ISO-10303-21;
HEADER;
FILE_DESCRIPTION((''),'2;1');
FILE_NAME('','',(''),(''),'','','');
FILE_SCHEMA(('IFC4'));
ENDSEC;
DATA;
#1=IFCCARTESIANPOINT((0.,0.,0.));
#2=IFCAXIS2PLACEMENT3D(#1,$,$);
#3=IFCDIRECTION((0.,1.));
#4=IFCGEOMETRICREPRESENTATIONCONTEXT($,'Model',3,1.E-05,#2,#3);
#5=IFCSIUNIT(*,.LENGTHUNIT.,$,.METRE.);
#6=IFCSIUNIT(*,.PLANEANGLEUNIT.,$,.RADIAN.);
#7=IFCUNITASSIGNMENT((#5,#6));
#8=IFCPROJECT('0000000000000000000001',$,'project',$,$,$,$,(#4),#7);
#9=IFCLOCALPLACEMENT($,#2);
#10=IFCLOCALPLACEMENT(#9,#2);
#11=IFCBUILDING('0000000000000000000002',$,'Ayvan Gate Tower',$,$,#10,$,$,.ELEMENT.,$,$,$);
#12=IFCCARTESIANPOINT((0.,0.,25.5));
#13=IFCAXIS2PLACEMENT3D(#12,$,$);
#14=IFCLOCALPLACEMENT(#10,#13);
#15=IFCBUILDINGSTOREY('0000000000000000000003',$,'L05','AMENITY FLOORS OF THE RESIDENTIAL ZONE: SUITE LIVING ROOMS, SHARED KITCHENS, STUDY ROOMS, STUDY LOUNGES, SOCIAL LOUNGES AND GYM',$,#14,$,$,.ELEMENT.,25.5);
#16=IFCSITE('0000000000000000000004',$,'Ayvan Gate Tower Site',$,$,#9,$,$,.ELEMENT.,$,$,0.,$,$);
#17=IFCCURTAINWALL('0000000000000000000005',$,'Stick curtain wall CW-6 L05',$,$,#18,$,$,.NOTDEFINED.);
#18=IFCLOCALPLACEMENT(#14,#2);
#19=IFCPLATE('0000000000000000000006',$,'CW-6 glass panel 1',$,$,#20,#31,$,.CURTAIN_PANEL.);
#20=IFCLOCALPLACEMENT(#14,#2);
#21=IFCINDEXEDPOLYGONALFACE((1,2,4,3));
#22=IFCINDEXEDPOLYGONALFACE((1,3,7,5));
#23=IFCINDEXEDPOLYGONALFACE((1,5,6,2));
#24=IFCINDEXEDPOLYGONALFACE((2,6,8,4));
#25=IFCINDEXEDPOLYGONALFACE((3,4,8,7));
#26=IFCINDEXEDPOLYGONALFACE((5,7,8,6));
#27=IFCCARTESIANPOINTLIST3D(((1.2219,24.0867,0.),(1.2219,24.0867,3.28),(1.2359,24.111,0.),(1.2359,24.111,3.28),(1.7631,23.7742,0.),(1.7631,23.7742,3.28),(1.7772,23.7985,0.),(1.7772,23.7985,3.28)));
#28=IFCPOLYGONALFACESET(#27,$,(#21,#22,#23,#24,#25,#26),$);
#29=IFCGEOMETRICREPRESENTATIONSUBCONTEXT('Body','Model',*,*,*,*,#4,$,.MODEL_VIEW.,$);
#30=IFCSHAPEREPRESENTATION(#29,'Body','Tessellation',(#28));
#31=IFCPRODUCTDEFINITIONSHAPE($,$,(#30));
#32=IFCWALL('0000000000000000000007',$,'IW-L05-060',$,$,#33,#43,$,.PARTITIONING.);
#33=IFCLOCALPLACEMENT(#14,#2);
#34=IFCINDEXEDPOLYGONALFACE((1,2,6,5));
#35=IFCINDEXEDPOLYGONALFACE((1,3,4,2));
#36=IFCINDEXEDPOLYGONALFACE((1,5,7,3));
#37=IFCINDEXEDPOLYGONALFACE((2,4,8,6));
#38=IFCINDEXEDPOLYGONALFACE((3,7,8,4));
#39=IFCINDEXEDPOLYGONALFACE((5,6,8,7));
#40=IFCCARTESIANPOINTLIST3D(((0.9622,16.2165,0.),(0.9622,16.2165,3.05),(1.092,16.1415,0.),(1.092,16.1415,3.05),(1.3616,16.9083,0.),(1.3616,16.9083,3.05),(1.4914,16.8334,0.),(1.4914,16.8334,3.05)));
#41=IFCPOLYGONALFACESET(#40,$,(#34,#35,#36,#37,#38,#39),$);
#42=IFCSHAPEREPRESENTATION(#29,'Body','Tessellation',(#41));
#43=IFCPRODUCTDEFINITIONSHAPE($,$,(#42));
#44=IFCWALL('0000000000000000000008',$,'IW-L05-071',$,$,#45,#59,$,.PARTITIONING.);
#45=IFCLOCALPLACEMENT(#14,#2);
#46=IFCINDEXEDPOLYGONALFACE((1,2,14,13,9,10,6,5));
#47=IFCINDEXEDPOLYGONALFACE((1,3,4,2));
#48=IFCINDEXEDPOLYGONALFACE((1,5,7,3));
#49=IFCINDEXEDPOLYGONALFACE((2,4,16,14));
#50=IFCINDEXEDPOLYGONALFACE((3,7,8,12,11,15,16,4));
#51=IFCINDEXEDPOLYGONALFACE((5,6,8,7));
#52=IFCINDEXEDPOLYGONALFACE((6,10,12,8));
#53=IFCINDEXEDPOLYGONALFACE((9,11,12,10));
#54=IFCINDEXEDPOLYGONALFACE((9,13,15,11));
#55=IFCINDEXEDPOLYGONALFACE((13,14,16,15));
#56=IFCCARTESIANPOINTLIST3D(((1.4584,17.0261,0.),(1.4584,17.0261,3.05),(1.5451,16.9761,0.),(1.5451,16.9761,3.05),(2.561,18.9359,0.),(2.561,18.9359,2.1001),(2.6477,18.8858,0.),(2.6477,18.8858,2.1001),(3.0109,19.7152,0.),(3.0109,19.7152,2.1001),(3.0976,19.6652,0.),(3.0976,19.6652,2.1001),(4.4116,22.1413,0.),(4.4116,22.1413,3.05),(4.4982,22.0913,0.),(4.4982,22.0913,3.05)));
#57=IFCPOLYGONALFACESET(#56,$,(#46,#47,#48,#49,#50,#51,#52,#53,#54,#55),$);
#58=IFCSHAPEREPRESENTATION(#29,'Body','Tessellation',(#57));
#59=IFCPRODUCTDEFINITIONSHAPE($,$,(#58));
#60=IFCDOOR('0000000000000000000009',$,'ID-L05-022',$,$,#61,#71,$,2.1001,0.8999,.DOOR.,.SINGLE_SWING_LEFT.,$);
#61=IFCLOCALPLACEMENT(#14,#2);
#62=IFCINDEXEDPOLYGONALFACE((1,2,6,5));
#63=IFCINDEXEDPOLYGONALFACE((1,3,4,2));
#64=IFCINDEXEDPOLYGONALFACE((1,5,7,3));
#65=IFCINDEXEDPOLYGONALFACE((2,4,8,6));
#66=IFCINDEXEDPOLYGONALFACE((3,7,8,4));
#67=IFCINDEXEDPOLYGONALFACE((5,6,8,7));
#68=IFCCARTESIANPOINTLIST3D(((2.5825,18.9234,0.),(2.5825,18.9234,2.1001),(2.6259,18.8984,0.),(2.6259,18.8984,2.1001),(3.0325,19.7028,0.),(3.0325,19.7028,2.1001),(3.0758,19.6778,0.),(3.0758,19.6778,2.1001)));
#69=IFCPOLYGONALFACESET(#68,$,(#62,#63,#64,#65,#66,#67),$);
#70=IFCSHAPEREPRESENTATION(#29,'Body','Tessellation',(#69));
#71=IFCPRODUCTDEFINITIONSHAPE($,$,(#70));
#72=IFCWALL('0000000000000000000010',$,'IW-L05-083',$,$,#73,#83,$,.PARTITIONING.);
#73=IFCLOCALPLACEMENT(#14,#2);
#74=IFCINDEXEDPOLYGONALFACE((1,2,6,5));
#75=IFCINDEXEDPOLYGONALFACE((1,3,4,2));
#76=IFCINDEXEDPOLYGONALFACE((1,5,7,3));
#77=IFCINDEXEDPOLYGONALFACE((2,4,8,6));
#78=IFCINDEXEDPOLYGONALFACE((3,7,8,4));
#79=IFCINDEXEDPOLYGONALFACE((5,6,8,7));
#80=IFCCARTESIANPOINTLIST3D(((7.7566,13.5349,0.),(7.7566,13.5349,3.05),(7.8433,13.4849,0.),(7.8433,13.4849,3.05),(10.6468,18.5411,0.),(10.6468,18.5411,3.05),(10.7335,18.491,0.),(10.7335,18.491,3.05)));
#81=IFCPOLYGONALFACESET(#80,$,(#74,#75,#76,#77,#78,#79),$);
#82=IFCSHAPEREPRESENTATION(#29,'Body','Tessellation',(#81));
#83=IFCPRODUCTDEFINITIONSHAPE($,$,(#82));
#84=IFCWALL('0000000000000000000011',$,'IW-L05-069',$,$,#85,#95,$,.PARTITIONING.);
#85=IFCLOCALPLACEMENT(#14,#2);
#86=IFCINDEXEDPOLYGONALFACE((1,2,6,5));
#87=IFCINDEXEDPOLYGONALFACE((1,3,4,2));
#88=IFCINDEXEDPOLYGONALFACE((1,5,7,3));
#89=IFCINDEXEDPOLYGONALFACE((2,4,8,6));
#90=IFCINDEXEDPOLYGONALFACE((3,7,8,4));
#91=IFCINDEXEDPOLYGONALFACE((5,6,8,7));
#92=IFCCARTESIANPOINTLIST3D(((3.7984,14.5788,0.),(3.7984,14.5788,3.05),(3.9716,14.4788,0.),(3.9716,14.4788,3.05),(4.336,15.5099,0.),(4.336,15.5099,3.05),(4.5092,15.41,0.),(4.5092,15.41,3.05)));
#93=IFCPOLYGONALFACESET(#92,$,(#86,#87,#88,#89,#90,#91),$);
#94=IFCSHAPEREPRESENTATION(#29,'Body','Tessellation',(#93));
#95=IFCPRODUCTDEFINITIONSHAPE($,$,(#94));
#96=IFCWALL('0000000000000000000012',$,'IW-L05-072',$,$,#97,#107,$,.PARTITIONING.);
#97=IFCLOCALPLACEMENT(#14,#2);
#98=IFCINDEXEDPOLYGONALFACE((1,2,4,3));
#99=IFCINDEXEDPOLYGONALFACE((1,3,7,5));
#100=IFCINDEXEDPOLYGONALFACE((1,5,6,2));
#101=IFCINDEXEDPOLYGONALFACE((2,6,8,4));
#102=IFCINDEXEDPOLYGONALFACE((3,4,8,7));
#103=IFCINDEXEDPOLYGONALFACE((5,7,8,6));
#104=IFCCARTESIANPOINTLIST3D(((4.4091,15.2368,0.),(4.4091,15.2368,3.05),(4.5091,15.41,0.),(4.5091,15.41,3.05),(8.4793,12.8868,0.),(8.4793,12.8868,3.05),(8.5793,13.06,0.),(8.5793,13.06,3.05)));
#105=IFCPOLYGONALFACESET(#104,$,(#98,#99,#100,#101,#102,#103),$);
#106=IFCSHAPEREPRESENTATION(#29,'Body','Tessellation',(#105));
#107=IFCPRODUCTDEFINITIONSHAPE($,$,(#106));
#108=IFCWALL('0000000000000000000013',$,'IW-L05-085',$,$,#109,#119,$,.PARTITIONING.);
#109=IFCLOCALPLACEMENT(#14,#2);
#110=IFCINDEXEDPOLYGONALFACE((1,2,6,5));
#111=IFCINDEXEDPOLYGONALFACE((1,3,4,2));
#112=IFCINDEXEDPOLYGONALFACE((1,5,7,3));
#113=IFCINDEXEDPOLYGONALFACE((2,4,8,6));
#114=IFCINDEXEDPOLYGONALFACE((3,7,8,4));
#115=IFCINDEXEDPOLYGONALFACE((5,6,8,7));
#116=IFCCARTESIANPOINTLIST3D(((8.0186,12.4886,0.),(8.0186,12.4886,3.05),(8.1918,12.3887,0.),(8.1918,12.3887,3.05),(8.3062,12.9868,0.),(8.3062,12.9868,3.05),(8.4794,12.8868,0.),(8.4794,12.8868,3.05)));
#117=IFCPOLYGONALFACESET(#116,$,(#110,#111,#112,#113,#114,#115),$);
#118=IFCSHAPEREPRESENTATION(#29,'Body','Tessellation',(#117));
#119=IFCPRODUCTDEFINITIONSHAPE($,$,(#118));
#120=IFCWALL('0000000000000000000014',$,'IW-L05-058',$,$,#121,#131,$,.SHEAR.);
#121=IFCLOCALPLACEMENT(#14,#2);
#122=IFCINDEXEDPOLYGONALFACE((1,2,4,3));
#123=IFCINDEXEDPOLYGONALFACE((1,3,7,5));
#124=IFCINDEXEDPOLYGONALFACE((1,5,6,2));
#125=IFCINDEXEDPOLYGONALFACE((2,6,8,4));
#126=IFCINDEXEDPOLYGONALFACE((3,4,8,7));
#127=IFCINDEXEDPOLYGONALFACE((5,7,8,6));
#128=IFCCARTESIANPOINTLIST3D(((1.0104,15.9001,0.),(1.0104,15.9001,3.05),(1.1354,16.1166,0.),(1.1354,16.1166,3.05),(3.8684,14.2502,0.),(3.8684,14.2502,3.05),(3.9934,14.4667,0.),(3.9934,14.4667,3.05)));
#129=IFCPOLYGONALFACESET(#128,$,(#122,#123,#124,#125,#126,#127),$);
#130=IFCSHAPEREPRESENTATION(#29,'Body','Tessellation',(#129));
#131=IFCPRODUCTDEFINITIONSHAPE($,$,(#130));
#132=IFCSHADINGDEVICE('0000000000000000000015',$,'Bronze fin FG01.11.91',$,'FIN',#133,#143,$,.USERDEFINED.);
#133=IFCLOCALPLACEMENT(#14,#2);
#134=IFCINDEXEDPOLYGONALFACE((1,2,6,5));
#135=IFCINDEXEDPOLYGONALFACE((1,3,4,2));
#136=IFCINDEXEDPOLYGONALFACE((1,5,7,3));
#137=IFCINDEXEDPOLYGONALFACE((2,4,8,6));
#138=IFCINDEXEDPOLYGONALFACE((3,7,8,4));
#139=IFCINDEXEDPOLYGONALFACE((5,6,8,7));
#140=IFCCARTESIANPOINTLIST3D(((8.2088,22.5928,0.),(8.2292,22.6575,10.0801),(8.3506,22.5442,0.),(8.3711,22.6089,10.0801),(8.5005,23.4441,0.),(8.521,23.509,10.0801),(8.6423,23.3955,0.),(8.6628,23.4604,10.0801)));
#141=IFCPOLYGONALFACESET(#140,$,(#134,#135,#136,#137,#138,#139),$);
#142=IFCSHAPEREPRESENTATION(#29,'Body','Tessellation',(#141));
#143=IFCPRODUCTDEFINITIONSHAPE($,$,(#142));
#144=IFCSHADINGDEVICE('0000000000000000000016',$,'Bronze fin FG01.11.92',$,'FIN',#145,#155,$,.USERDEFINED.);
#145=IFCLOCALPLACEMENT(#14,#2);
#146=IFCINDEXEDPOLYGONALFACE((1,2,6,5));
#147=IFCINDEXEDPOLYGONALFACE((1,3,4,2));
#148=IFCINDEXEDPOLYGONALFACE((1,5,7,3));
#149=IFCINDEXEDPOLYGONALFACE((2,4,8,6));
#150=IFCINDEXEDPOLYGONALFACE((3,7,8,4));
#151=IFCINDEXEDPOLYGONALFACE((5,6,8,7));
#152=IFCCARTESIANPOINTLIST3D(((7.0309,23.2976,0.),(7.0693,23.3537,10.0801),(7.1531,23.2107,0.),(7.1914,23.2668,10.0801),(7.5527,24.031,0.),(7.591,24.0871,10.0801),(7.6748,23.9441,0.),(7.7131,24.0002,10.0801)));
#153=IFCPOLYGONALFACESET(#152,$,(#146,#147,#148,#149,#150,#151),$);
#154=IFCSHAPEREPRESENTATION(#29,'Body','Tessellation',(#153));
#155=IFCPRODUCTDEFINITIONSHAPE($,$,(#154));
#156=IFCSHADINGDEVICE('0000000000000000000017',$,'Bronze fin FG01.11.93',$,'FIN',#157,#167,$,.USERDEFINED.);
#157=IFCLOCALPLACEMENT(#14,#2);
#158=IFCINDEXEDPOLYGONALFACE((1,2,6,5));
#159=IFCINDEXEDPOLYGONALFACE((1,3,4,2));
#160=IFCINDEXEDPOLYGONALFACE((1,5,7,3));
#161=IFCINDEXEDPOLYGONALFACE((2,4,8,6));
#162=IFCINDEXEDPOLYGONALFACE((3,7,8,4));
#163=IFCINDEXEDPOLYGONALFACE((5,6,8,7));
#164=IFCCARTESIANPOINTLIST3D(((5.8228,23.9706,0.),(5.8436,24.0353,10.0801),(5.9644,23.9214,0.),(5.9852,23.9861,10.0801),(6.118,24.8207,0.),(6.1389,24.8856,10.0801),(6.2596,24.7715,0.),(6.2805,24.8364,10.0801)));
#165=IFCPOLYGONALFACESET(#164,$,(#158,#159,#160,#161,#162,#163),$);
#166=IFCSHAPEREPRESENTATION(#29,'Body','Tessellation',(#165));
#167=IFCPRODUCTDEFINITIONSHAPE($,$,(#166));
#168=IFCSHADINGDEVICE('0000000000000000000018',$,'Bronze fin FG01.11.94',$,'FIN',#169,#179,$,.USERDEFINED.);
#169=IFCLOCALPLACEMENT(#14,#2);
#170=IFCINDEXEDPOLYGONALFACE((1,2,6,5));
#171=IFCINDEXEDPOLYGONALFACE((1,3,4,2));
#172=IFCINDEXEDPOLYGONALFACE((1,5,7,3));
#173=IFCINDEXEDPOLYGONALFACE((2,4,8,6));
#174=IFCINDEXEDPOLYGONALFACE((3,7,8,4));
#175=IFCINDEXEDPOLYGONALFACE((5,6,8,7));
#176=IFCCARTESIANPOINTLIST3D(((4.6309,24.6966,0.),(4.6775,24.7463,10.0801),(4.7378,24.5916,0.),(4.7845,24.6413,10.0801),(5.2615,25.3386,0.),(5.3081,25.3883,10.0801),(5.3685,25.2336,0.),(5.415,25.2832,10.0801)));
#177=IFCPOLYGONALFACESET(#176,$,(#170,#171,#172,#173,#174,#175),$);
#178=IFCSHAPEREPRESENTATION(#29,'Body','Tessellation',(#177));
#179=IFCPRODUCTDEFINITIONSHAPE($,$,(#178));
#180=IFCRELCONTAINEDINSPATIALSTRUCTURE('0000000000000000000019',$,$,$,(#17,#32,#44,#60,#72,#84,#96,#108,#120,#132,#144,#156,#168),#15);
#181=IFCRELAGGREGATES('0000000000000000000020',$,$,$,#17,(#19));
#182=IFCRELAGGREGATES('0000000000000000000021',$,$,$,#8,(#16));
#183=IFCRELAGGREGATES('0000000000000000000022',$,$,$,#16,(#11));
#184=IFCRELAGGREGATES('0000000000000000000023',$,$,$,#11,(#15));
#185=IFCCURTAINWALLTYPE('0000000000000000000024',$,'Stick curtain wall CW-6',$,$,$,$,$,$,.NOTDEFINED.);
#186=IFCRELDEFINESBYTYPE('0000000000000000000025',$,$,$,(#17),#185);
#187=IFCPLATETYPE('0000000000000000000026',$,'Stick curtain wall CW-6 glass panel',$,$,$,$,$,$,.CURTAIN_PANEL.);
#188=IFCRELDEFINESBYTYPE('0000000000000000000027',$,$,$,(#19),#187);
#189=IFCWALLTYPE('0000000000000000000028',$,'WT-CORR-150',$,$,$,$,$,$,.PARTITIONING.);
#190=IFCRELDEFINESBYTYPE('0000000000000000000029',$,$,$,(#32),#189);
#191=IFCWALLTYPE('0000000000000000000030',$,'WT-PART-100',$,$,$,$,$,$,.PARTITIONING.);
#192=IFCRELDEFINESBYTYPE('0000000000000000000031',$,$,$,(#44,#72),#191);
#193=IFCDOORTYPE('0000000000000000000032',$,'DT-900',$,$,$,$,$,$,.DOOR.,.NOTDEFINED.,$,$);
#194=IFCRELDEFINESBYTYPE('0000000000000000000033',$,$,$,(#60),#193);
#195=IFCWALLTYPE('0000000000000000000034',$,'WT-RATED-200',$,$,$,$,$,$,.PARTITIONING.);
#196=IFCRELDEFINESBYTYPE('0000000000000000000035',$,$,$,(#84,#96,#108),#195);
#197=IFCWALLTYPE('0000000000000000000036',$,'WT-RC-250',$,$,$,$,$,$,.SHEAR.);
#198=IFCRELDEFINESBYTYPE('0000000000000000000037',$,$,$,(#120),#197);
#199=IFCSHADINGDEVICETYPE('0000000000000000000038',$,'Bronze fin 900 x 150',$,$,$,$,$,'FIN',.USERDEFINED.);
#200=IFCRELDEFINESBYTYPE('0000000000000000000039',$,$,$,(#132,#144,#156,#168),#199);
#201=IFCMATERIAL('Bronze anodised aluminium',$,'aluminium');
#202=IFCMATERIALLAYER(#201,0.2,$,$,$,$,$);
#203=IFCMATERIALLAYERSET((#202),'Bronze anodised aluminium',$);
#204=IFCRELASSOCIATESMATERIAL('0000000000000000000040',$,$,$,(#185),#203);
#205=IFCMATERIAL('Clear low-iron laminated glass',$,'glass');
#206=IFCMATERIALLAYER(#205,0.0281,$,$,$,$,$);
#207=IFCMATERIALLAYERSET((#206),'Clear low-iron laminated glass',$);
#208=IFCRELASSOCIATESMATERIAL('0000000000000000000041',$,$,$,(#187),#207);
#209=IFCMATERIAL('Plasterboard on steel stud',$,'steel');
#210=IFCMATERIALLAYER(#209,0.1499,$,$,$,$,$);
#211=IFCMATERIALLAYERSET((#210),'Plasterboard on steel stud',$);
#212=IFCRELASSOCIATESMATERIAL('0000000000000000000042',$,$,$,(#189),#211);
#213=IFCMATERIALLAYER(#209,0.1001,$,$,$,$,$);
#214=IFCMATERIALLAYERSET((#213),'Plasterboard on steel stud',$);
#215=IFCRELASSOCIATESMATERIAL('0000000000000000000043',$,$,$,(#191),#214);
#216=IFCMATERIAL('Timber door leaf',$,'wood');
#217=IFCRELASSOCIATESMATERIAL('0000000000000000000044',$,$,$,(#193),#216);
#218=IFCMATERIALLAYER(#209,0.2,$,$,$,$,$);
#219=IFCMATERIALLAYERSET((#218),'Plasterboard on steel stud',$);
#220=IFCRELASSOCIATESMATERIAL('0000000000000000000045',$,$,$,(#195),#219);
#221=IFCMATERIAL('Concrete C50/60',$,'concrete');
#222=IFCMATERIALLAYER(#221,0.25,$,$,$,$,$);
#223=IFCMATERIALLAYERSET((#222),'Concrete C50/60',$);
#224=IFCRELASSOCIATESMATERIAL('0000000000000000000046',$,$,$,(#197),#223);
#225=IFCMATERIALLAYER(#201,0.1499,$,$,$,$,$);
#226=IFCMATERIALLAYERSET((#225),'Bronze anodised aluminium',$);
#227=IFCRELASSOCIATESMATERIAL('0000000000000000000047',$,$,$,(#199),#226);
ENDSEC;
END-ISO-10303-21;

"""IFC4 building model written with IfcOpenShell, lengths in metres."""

from ifc_helpers import new_model, si_unit, direction, frame, frame_2d, origin, origin_2d, place, context, subcontext, project, spatial, polyline, rectangle, outline, extrude, material, layer, layer_set, type_object, element, fill, aggregate, save


model = new_model("IFC4")

# Units and contexts
model_context = context("Model", 3, precision=1e-05, world=origin(), true_north=direction((0.0, 1.0)))
body_context = subcontext(model_context, "Body", "Model", "MODEL_VIEW")
ifc_project = project(units=[si_unit("LENGTHUNIT", "METRE"), si_unit("PLANEANGLEUNIT", "RADIAN")], contexts=[model_context])

# Site, building, storey
site_placement = place(None, origin())
site = spatial("IfcSite", under=ifc_project, at=site_placement, Name="Ayvan Gate Tower Site", CompositionType="ELEMENT", RefElevation=0.0)
building_placement = place(site_placement, origin())
building = spatial("IfcBuilding", under=site, at=building_placement, Name="Ayvan Gate Tower", CompositionType="ELEMENT")
storey_placement = place(building_placement, frame((0.0, 0.0, 25.5)))
storey = spatial("IfcBuildingStorey", under=building, at=storey_placement, Name="L05", Description="AMENITY FLOORS OF THE RESIDENTIAL ZONE: SUITE LIVING ROOMS, SHARED KITCHENS, STUDY ROOMS, STUDY LOUNGES, SOCIAL LOUNGES AND GYM", CompositionType="ELEMENT", Elevation=25.5)

# Curtain wall
ifc_material_1 = material(Name="Bronze anodised aluminium", Category="aluminium")
ifc_layer_1 = layer(ifc_material_1, 0.2)
ifc_layer_set_1 = layer_set([ifc_layer_1], Name="Bronze anodised aluminium")
curtain_wall_type_1 = type_object("IfcCurtainWallType", Name="Stick curtain wall CW-6", PredefinedType="NOTDEFINED", material=ifc_layer_set_1)
curtain_wall_1_placement = place(storey_placement, origin())
curtain_wall_1 = element("IfcCurtainWall", 1, at=curtain_wall_1_placement, inside=storey, type_object=curtain_wall_type_1, Name="Stick curtain wall CW-6 L05", PredefinedType="NOTDEFINED")

# Plate
ifc_material_2 = material(Name="Clear low-iron laminated glass", Category="glass")
ifc_layer_2 = layer(ifc_material_2, 0.0281)
ifc_layer_set_2 = layer_set([ifc_layer_2], Name="Clear low-iron laminated glass")
plate_type_1 = type_object("IfcPlateType", Name="Stick curtain wall CW-6 glass panel", PredefinedType="CURTAIN_PANEL", material=ifc_layer_set_2)
plate_1_placement = place(storey_placement, frame((1.4995, 23.9426, 0.0), z_axis=(0.0, 0.0, 1.0), x_axis=(-0.866025, 0.5, 0.0)))
plate_1 = element("IfcPlate", 2, at=plate_1_placement, type_object=plate_type_1, Name="CW-6 glass panel 1", PredefinedType="CURTAIN_PANEL", context=body_context, shape_type="SweptSolid", body=[
    extrude(rectangle(XDim=0.625, YDim=0.0281, at=origin_2d()), origin(), (0.0, 0.0, 1.0), 3.28),
])
aggregate(curtain_wall_1, [plate_1])

# Wall
ifc_material_3 = material(Name="Plasterboard on steel stud", Category="steel")
ifc_layer_3 = layer(ifc_material_3, 0.1499)
ifc_layer_set_3 = layer_set([ifc_layer_3], Name="Plasterboard on steel stud")
wall_type_1 = type_object("IfcWallType", Name="WT-CORR-150", PredefinedType="PARTITIONING", material=ifc_layer_set_3)
wall_1_placement = place(storey_placement, frame((1.4265, 16.8708, 0.0), z_axis=(0.0, 0.0, 1.0), x_axis=(-0.499952, -0.866053, 0.0)))
element("IfcWall", 3, at=wall_1_placement, inside=storey, type_object=wall_type_1, Name="IW-L05-060", PredefinedType="PARTITIONING", context=body_context, shape_type="SweptSolid", body=[
    extrude(rectangle(XDim=0.7988, YDim=0.1499, at=frame_2d((0.3994, 0.0))), origin(), (0.0, 0.0, 1.0), 3.05),
])

# Wall, opening, door
ifc_layer_4 = layer(ifc_material_3, 0.1001)
ifc_layer_set_4 = layer_set([ifc_layer_4], Name="Plasterboard on steel stud")
wall_type_2 = type_object("IfcWallType", Name="WT-PART-100", PredefinedType="PARTITIONING", material=ifc_layer_set_4)
wall_2_placement = place(storey_placement, frame((4.4548, 22.1162, 0.0), z_axis=(0.0, 0.0, 1.0), x_axis=(-0.49998, -0.866037, 0.0)))
wall_2 = element("IfcWall", 4, at=wall_2_placement, inside=storey, type_object=wall_type_2, Name="IW-L05-071", PredefinedType="PARTITIONING", context=body_context, shape_type="SweptSolid", body=[
    extrude(rectangle(XDim=5.9065, YDim=0.1001, at=frame_2d((2.9531, 0.0))), origin(), (0.0, 0.0, 1.0), 3.05),
])
opening_placement = place(wall_2_placement, frame((2.8013, 0.0, 0.0)))
opening = element("IfcOpeningElement", 5, at=opening_placement, cuts=wall_2, PredefinedType="OPENING", context=body_context, shape_type="SweptSolid", body=[
    extrude(rectangle(XDim=0.8999, YDim=2.1001, at=frame_2d((0.45, 1.05))), frame((0.0, 0.0601, 0.0), z_axis=(0.0, -1.0, 0.0), x_axis=(1.0, 0.0, 0.0)), (0.0, 0.0, 1.0), 0.1201),
])
ifc_material_4 = material(Name="Timber door leaf", Category="wood")
door_type = type_object("IfcDoorType", Name="DT-900", OperationType="NOTDEFINED", PredefinedType="DOOR", material=ifc_material_4)
door_placement = place(opening_placement, origin())
door = element("IfcDoor", 6, at=door_placement, inside=storey, type_object=door_type, Name="ID-L05-022", OperationType="SINGLE_SWING_LEFT", OverallHeight=2.1001, OverallWidth=0.8999, PredefinedType="DOOR", context=body_context, shape_type="SweptSolid", body=[
    extrude(rectangle(XDim=0.8999, YDim=2.1001, at=frame_2d((0.45, 1.05))), frame((0.0, 0.0249, 0.0), z_axis=(0.0, -1.0, 0.0), x_axis=(1.0, 0.0, 0.0)), (0.0, 0.0, 1.0), 0.05),
])
fill(opening, door)

# Walls
wall_3_placement = place(storey_placement, frame((7.8, 13.51, 0.0), z_axis=(0.0, 0.0, 1.0), x_axis=(0.499982, 0.866036, 0.0)))
element("IfcWall", 7, at=wall_3_placement, inside=storey, type_object=wall_type_2, Name="IW-L05-083", PredefinedType="PARTITIONING", context=body_context, shape_type="SweptSolid", body=[
    extrude(rectangle(XDim=5.7805, YDim=0.1001, at=frame_2d((2.8901, 0.0))), origin(), (0.0, 0.0, 1.0), 3.05),
])
ifc_layer_5 = layer(ifc_material_3, 0.2)
ifc_layer_set_5 = layer_set([ifc_layer_5], Name="Plasterboard on steel stud")
wall_type_3 = type_object("IfcWallType", Name="WT-RATED-200", PredefinedType="PARTITIONING", material=ifc_layer_set_5)
wall_4_placement = place(storey_placement, frame((3.885, 14.5288, 0.0), z_axis=(0.0, 0.0, 1.0), x_axis=(0.499998, 0.866027, 0.0)))
element("IfcWall", 8, at=wall_4_placement, inside=storey, type_object=wall_type_3, Name="IW-L05-069", PredefinedType="PARTITIONING", context=body_context, shape_type="SweptSolid", body=[
    extrude(rectangle(XDim=1.0752, YDim=0.2, at=frame_2d((0.5376, 0.0))), origin(), (0.0, 0.0, 1.0), 3.05),
])
wall_5_placement = place(storey_placement, frame((4.459, 15.3235, 0.0), z_axis=(0.0, 0.0, 1.0), x_axis=(0.866016, -0.500016, 0.0)))
element("IfcWall", 9, at=wall_5_placement, inside=storey, type_object=wall_type_3, Name="IW-L05-072", PredefinedType="PARTITIONING", context=body_context, shape_type="SweptSolid", body=[
    extrude(rectangle(XDim=4.7, YDim=0.2, at=frame_2d((2.3501, 0.0))), origin(), (0.0, 0.0, 1.0), 3.05),
])
wall_6_placement = place(storey_placement, frame((8.3928, 12.9368, 0.0), z_axis=(0.0, 0.0, 1.0), x_axis=(-0.500065, -0.865988, 0.0)))
element("IfcWall", 10, at=wall_6_placement, inside=storey, type_object=wall_type_3, Name="IW-L05-085", PredefinedType="PARTITIONING", context=body_context, shape_type="SweptSolid", body=[
    extrude(rectangle(XDim=0.5752, YDim=0.2, at=frame_2d((0.2876, 0.0))), origin(), (0.0, 0.0, 1.0), 3.05),
])
ifc_material_5 = material(Name="Concrete C50/60", Category="concrete")
ifc_layer_6 = layer(ifc_material_5, 0.25)
ifc_layer_set_6 = layer_set([ifc_layer_6], Name="Concrete C50/60")
wall_type_4 = type_object("IfcWallType", Name="WT-RC-250", PredefinedType="SHEAR", material=ifc_layer_set_6)
wall_7_placement = place(storey_placement, frame((1.073, 16.0083, 0.0), z_axis=(0.0, 0.0, 1.0), x_axis=(0.86604, -0.499974, 0.0)))
element("IfcWall", 11, at=wall_7_placement, inside=storey, type_object=wall_type_4, Name="IW-L05-058", PredefinedType="SHEAR", context=body_context, shape_type="SweptSolid", body=[
    extrude(rectangle(XDim=3.3, YDim=0.25, at=frame_2d((1.6499, 0.0))), origin(), (0.0, 0.0, 1.0), 3.05),
])

# Shading devices
ifc_layer_7 = layer(ifc_material_1, 0.1499)
ifc_layer_set_7 = layer_set([ifc_layer_7], Name="Bronze anodised aluminium")
shading_device_type = type_object("IfcShadingDeviceType", Name="Bronze fin 900 x 150", ElementType="FIN", PredefinedType="USERDEFINED", material=ifc_layer_set_7)
shading_device_1_placement = place(storey_placement, frame((8.3506, 22.5442, 0.0), z_axis=(0.946005, -0.324151, 0.00016), x_axis=(0.324151, 0.946005, 0.0)))
element("IfcShadingDevice", 12, at=shading_device_1_placement, inside=storey, type_object=shading_device_type, Name="Bronze fin FG01.11.91", ObjectType="FIN", PredefinedType="USERDEFINED", context=body_context, shape_type="SweptSolid", body=[
    extrude(outline(polyline([(0.0, 0.0), (0.8999, 0.0), (0.968, 10.0801), (0.0679, 10.0801), (0.0, 0.0)])), origin(), (0.0, 0.0, -1.0), 0.1499),
])
shading_device_2_placement = place(storey_placement, frame((7.1531, 23.2107, 0.0), z_axis=(0.81485, -0.579672, 0.000131), x_axis=(0.579672, 0.81485, 0.0)))
element("IfcShadingDevice", 13, at=shading_device_2_placement, inside=storey, type_object=shading_device_type, Name="Bronze fin FG01.11.92", ObjectType="FIN", PredefinedType="USERDEFINED", context=body_context, shape_type="SweptSolid", body=[
    extrude(outline(polyline([(0.0, 0.0), (0.9, 0.0), (0.968, 10.0801), (0.068, 10.0801), (0.0, 0.0)])), origin(), (0.0, 0.0, -1.0), 0.1499),
])
shading_device_3_placement = place(storey_placement, frame((5.9644, 23.9214, 0.0), z_axis=(0.944649, -0.328084, 0.000154), x_axis=(0.328084, 0.944649, 0.0)))
element("IfcShadingDevice", 14, at=shading_device_3_placement, inside=storey, type_object=shading_device_type, Name="Bronze fin FG01.11.93", ObjectType="FIN", PredefinedType="USERDEFINED", context=body_context, shape_type="SweptSolid", body=[
    extrude(outline(polyline([(0.0, 0.0), (0.9, 0.0), (0.9681, 10.0801), (0.068, 10.0801), (0.0, 0.0)])), origin(), (0.0, 0.0, -1.0), 0.1499),
])
shading_device_4_placement = place(storey_placement, frame((4.7378, 24.5916, 0.0), z_axis=(0.713386, -0.700771, 0.000154), x_axis=(0.700771, 0.713386, 0.0)))
element("IfcShadingDevice", 15, at=shading_device_4_placement, inside=storey, type_object=shading_device_type, Name="Bronze fin FG01.11.94", ObjectType="FIN", PredefinedType="USERDEFINED", context=body_context, shape_type="SweptSolid", body=[
    extrude(outline(polyline([(0.0, 0.0), (0.9, 0.0), (0.968, 10.0801), (0.0682, 10.0801), (0.0, 0.0)])), origin(), (0.0, 0.0, -1.0), 0.1499),
])

save(model, "model.ifc")
